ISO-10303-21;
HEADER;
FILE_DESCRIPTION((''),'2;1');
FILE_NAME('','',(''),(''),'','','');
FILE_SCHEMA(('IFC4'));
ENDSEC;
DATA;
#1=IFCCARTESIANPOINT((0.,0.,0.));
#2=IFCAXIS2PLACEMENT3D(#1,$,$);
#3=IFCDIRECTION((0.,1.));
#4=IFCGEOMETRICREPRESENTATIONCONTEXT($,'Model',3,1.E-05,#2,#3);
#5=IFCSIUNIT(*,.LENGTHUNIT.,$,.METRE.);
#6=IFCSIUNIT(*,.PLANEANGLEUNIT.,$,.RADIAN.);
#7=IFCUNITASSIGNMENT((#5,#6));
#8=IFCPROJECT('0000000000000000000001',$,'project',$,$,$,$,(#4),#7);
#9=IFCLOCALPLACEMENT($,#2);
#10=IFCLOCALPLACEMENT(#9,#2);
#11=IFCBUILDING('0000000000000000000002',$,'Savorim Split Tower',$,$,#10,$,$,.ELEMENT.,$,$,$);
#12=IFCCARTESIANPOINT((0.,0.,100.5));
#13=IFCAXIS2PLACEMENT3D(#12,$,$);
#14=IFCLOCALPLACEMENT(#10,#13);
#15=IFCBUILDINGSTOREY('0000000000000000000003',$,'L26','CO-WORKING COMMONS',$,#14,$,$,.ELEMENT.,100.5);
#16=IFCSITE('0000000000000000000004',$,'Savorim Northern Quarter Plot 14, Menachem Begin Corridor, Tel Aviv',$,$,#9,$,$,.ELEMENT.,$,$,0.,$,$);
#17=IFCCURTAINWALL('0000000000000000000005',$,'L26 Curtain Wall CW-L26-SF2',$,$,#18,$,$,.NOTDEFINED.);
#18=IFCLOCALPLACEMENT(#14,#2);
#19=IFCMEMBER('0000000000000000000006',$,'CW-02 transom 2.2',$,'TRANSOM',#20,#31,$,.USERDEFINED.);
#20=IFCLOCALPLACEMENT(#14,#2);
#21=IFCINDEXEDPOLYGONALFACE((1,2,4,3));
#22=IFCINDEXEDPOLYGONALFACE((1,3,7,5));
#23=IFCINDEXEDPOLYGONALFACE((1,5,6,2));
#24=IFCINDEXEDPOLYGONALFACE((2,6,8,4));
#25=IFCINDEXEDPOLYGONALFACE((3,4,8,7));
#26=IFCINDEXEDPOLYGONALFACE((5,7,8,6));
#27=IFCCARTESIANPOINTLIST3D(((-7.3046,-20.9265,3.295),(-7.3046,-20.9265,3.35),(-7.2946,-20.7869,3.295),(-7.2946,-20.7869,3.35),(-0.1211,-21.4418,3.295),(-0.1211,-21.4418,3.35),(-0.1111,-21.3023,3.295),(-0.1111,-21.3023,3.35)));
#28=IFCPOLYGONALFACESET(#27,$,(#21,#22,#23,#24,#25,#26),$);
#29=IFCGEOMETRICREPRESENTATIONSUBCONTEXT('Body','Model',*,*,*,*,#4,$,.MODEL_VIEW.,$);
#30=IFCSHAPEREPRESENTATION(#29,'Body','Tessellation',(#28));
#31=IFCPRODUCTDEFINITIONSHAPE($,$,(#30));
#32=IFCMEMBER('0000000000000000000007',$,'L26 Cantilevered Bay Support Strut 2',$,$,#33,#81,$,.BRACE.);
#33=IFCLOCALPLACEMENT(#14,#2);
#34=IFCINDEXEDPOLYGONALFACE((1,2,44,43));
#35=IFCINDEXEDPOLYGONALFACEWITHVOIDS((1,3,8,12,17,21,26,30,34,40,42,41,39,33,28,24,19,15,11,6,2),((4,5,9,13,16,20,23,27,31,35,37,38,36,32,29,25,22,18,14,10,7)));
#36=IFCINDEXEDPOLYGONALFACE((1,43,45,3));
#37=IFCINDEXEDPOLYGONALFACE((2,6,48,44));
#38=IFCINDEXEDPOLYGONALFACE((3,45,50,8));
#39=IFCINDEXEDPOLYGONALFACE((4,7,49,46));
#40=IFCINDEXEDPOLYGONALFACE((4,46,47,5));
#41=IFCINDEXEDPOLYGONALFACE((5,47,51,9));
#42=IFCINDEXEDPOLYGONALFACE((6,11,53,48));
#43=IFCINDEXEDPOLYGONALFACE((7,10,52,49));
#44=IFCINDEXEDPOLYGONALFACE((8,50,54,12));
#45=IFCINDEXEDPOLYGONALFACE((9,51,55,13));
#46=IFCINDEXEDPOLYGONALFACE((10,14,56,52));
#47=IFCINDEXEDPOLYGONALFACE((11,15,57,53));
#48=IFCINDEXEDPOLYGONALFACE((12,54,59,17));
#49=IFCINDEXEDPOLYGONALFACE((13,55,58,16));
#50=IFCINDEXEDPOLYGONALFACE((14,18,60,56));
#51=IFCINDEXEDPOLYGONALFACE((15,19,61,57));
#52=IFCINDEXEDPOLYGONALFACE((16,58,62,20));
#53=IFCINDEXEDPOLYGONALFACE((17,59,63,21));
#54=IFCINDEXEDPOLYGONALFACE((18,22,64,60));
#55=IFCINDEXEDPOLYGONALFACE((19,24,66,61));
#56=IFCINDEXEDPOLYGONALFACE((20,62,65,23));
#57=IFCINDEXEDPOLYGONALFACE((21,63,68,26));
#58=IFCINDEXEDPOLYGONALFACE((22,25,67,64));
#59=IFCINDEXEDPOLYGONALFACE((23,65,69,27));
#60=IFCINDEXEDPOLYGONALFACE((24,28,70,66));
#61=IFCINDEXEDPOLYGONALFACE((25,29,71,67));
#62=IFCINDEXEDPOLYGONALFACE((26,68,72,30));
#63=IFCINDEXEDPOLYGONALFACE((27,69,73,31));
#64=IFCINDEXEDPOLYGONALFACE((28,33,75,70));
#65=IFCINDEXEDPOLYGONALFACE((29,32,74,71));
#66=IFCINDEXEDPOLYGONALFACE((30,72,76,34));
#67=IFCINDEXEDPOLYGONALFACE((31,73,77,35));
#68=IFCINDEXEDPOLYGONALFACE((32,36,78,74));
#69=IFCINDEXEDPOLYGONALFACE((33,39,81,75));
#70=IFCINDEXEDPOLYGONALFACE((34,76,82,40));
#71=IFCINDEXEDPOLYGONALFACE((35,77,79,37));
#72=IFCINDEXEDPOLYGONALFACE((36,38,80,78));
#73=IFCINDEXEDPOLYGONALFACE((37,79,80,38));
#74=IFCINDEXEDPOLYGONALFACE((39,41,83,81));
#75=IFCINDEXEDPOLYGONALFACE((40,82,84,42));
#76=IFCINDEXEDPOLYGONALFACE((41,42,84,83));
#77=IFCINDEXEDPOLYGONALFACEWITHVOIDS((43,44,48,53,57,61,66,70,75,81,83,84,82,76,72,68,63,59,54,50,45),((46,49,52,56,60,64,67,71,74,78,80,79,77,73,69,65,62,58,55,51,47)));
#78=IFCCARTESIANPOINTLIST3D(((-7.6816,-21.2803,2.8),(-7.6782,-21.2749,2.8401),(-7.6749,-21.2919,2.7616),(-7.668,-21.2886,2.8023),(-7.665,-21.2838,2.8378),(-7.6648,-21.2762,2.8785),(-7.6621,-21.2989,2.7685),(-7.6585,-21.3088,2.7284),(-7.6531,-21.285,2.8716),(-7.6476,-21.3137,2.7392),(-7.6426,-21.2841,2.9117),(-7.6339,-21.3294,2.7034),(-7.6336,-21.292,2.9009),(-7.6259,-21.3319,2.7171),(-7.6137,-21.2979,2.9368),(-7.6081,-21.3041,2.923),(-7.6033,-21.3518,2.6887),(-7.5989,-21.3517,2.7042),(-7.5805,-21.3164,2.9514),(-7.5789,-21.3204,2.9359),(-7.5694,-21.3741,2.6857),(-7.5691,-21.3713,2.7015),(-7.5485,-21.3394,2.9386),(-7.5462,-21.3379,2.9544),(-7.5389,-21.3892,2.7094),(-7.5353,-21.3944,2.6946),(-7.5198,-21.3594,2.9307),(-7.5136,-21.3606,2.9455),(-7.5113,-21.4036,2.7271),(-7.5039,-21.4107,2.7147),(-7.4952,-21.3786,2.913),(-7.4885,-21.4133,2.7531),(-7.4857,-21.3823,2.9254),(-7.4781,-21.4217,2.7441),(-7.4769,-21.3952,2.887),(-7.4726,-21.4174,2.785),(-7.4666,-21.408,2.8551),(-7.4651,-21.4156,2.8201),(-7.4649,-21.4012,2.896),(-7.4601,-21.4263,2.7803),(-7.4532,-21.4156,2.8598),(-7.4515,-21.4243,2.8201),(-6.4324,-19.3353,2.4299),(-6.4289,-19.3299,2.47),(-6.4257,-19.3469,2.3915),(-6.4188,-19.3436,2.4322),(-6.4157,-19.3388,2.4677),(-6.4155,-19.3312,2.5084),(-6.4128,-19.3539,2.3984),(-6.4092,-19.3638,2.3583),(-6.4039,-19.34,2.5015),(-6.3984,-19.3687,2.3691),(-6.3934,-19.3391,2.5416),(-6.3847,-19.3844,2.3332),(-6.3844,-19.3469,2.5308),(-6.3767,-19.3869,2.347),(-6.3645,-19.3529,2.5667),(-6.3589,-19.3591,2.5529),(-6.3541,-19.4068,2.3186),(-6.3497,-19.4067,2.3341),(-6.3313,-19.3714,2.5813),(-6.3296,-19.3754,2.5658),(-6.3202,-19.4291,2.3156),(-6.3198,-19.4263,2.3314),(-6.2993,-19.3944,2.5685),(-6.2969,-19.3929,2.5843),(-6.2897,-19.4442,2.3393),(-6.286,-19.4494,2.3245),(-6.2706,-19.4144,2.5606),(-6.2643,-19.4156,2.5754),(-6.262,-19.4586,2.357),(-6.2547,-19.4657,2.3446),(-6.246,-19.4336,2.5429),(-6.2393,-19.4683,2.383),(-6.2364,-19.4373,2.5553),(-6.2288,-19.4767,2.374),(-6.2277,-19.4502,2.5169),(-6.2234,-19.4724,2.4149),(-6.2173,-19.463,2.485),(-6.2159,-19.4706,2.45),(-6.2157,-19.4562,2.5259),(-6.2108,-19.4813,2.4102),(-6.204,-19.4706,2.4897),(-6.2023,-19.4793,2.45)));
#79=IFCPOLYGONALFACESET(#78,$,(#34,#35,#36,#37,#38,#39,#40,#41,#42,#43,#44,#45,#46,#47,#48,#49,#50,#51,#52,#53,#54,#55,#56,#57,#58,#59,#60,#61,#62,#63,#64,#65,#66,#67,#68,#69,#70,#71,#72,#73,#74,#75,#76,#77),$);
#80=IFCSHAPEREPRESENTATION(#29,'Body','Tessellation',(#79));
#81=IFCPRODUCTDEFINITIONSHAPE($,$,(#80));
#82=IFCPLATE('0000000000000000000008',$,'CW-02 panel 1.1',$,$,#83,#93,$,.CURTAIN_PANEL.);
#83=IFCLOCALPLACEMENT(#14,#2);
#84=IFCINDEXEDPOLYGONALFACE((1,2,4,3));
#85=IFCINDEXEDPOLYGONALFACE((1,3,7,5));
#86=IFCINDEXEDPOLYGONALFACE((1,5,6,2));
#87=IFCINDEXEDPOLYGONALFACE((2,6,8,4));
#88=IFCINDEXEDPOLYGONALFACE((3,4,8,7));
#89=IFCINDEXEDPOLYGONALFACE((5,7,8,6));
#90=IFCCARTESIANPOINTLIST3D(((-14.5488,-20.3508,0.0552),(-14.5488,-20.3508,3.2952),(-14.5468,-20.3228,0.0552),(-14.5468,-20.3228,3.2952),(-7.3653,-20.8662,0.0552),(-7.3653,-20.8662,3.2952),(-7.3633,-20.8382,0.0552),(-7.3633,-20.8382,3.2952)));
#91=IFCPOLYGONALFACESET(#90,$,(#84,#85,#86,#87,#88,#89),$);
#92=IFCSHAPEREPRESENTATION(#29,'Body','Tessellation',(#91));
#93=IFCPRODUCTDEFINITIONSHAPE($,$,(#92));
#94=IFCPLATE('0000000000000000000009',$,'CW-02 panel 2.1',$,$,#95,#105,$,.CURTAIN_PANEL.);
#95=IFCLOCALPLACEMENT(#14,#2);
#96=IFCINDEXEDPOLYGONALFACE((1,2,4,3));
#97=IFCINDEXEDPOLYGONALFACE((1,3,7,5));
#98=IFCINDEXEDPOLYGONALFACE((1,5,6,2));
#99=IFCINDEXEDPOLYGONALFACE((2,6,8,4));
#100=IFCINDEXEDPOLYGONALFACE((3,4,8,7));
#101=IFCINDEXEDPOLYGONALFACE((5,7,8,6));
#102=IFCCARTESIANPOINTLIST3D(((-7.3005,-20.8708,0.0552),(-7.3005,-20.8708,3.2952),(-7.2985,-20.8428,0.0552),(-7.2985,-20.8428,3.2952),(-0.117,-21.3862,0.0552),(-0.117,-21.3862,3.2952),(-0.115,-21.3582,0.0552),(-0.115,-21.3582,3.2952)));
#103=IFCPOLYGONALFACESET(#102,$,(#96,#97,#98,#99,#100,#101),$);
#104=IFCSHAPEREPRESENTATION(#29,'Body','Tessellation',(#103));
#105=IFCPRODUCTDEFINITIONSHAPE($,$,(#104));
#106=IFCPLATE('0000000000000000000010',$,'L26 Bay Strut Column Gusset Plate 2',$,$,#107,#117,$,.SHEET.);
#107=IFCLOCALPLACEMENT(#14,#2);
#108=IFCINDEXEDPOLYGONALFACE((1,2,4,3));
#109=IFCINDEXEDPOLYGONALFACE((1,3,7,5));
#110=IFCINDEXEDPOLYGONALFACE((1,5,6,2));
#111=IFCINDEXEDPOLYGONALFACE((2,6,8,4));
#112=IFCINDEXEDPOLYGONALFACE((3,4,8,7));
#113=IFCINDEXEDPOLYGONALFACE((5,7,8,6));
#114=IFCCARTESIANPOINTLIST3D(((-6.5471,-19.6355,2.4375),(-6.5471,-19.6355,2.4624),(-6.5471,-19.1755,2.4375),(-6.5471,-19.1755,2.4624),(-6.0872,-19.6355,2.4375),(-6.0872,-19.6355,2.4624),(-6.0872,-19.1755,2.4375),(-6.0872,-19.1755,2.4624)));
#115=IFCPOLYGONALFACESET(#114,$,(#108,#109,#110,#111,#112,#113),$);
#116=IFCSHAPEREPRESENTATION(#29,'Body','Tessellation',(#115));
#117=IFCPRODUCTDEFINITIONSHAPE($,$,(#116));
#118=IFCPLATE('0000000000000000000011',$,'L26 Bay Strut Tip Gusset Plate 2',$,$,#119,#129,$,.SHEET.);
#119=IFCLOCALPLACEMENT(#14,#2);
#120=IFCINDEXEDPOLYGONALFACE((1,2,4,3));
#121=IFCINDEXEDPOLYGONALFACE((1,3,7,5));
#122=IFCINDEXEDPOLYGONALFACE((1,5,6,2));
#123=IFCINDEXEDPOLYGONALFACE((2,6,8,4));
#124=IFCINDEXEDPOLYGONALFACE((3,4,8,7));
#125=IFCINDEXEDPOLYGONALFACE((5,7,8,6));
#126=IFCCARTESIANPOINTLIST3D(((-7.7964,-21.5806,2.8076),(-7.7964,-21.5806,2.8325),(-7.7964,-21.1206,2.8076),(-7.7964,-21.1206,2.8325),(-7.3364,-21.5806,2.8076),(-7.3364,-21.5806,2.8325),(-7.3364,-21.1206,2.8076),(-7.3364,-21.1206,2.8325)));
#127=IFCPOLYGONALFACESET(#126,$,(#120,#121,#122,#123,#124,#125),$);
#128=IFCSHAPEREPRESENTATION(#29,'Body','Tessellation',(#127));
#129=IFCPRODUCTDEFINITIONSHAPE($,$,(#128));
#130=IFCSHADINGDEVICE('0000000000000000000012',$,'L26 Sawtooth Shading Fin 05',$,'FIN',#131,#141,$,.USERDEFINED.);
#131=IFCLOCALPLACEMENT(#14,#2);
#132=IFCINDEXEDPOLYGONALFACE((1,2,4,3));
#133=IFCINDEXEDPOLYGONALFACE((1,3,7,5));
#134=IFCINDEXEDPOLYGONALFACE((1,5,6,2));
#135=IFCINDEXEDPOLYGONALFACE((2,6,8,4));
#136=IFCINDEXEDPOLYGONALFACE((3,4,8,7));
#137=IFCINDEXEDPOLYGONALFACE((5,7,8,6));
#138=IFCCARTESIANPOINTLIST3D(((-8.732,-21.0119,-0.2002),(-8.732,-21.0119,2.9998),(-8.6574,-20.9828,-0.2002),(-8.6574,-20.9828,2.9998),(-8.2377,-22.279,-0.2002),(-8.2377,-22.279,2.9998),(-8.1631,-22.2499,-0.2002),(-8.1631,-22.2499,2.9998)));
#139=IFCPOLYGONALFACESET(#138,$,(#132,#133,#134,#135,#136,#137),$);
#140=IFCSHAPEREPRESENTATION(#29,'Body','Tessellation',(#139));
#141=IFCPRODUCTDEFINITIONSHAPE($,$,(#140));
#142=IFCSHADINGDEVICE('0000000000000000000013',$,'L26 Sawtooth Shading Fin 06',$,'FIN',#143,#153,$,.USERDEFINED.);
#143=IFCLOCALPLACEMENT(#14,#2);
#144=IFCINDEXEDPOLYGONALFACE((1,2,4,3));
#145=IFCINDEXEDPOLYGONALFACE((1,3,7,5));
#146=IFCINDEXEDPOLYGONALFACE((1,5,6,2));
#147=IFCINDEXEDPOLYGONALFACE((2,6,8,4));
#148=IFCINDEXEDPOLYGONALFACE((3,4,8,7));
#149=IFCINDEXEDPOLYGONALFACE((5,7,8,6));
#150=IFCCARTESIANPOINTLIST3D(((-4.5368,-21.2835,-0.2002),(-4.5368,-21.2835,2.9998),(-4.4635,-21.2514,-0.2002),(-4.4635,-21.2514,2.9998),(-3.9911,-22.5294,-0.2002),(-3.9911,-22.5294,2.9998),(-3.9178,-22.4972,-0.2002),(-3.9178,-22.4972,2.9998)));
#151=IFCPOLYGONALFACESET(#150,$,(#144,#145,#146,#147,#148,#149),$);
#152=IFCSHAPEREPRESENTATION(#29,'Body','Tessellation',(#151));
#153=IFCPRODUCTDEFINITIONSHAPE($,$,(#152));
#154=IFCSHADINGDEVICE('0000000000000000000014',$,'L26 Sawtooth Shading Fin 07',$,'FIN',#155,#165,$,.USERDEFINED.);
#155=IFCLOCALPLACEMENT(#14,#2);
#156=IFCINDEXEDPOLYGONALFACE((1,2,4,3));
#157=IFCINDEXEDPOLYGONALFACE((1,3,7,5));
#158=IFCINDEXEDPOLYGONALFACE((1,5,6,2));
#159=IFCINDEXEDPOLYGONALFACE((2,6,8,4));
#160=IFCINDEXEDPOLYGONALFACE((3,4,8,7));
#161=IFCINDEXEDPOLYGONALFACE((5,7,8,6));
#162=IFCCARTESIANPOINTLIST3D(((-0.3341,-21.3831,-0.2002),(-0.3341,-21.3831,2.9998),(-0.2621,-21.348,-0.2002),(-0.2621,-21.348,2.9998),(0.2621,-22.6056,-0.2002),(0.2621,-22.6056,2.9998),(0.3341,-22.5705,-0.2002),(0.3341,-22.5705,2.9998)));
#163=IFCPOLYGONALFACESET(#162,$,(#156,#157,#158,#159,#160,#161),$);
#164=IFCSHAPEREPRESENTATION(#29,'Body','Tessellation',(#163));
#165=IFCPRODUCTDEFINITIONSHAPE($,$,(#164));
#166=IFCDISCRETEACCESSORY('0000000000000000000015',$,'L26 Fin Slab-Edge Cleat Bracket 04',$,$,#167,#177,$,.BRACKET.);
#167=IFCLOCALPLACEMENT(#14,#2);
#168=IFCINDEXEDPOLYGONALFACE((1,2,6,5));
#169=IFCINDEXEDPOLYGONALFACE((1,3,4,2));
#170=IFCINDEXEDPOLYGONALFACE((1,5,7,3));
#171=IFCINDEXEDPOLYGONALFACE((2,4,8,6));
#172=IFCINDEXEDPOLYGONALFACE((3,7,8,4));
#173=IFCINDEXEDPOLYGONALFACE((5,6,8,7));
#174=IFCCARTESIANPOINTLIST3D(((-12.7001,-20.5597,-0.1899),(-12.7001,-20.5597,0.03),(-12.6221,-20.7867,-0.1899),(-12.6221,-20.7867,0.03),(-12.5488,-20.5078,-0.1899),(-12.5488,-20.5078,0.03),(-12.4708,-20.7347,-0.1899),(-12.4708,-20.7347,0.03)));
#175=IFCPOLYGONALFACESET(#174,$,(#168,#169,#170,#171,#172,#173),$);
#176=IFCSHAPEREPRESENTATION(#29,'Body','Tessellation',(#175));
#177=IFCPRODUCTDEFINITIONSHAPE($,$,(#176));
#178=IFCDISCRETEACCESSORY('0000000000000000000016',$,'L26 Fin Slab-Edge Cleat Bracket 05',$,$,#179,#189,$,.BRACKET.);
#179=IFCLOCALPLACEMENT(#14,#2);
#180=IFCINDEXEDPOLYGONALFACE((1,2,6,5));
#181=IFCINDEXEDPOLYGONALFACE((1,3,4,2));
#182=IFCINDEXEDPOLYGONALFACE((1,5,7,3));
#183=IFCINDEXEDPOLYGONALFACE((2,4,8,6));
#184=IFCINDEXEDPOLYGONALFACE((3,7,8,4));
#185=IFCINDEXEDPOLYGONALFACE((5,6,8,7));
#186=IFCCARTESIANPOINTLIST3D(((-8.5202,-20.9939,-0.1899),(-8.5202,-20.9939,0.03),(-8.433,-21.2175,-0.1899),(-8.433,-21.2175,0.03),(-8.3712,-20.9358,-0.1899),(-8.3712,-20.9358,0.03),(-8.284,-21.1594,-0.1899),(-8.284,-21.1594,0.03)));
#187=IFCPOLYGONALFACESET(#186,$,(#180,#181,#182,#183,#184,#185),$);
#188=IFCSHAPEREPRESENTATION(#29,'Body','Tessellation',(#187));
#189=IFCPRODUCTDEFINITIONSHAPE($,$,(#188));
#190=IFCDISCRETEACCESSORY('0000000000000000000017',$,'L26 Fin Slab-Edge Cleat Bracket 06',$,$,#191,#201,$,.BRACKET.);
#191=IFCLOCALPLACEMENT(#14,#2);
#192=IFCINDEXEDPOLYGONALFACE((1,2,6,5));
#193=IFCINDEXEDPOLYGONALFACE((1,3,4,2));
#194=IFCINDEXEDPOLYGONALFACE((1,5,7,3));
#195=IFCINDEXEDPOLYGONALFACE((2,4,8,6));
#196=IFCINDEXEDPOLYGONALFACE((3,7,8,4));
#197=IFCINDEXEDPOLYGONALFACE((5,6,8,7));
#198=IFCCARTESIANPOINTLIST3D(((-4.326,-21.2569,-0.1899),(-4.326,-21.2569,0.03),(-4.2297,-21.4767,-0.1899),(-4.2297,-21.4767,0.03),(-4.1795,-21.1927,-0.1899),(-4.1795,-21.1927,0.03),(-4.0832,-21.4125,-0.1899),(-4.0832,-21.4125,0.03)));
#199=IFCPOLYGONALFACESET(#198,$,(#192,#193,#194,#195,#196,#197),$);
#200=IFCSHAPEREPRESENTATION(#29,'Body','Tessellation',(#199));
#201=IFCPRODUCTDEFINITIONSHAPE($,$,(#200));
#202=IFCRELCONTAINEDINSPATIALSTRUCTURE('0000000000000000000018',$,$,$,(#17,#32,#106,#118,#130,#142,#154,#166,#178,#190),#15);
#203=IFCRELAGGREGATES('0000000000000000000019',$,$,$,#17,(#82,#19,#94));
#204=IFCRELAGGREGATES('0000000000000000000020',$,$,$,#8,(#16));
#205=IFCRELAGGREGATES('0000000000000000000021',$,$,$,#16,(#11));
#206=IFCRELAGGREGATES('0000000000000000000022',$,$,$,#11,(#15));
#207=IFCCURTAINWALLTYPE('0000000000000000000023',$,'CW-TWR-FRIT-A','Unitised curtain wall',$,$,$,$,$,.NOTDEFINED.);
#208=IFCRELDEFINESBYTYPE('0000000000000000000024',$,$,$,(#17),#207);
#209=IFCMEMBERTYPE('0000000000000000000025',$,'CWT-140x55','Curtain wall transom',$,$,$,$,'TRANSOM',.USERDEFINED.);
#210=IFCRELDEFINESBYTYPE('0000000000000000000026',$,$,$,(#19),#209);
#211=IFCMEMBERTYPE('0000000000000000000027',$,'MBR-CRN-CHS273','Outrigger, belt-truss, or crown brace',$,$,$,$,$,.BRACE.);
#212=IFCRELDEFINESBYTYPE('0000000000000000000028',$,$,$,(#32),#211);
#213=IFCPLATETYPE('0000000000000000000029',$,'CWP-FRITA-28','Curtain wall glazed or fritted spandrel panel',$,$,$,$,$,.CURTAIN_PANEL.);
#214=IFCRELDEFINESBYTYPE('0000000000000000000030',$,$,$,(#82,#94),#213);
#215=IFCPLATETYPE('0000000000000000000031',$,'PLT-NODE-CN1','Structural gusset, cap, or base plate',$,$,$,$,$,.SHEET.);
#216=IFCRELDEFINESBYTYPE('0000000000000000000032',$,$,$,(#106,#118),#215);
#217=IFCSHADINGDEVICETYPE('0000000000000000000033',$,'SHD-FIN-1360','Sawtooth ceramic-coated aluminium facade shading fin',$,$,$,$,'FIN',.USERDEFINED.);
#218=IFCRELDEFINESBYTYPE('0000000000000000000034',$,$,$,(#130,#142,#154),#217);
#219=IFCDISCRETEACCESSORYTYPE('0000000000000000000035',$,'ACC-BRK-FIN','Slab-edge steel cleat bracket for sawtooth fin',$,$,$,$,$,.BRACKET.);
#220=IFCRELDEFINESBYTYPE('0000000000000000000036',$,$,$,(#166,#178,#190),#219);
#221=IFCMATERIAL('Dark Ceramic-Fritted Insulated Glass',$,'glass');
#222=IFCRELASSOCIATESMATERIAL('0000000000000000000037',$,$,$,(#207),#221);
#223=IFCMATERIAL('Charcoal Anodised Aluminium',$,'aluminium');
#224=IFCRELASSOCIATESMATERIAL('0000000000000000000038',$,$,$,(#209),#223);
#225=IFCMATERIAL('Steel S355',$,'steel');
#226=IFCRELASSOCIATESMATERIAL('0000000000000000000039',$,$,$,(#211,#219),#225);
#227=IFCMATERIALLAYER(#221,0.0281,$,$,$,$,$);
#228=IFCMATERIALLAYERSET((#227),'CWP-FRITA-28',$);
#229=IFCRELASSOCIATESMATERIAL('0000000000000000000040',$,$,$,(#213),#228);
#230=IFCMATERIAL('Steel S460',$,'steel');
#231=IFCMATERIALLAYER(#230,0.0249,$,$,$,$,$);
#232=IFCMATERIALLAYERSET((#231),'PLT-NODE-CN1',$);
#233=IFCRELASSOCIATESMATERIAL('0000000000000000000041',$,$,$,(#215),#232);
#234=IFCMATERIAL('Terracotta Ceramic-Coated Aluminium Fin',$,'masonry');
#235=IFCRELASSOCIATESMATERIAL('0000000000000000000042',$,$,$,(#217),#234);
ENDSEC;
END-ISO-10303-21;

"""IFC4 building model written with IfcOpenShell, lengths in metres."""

from ifc_helpers import new_model, si_unit, direction, frame, origin, origin_2d, place, context, subcontext, project, spatial, rectangle, hollow_circle, extrude, material, layer, layer_set, material_profile, profile_set, type_object, element, aggregate, save


model = new_model("IFC4")

# Units and contexts
model_context = context("Model", 3, precision=1e-05, world=origin(), true_north=direction((0.0, 1.0)))
body_context = subcontext(model_context, "Body", "Model", "MODEL_VIEW")
ifc_project = project(units=[si_unit("LENGTHUNIT", "METRE"), si_unit("PLANEANGLEUNIT", "RADIAN")], contexts=[model_context])

# Site, building, storey
site_placement = place(None, origin())
site = spatial("IfcSite", under=ifc_project, at=site_placement, Name="Savorim Northern Quarter Plot 14, Menachem Begin Corridor, Tel Aviv", CompositionType="ELEMENT", RefElevation=0.0)
building_placement = place(site_placement, origin())
building = spatial("IfcBuilding", under=site, at=building_placement, Name="Savorim Split Tower", CompositionType="ELEMENT")
storey_placement = place(building_placement, frame((0.0, 0.0, 100.5)))
storey = spatial("IfcBuildingStorey", under=building, at=storey_placement, Name="L26", Description="CO-WORKING COMMONS", CompositionType="ELEMENT", Elevation=100.5)

# Shared definitions
ifc_material_1 = material(Name="Steel S460", Category="steel")

# Shared definitions
ifc_material_2 = material(Name="Steel S355", Category="steel")

# Curtain wall, member
ifc_material_3 = material(Name="Dark Ceramic-Fritted Insulated Glass", Category="glass")
curtain_wall_type = type_object("IfcCurtainWallType", Name="CW-TWR-FRIT-A", Description="Unitised curtain wall", PredefinedType="NOTDEFINED", material=ifc_material_3)
curtain_wall_placement = place(storey_placement, origin())
curtain_wall = element("IfcCurtainWall", 1, at=curtain_wall_placement, inside=storey, type_object=curtain_wall_type, Name="L26 Curtain Wall CW-L26-SF2", PredefinedType="NOTDEFINED")
ifc_material_4 = material(Name="Charcoal Anodised Aluminium", Category="aluminium")
ifc_material_profile_1 = material_profile(ifc_material_4, rectangle(XDim=0.1399, YDim=0.0549, at=origin_2d()), Name="ALU-T 140x55")
ifc_profile_set_1 = profile_set([ifc_material_profile_1], Name="Charcoal Anodised Aluminium")
member_type_1 = type_object("IfcMemberType", Name="CWT-140x55", Description="Curtain wall transom", ElementType="TRANSOM", PredefinedType="USERDEFINED", material=ifc_profile_set_1)
member_1_placement = place(storey_placement, frame((-7.2996, -20.8567, 3.3225), z_axis=(0.997436, -0.071563, 0.0), x_axis=(0.071563, 0.997436, 0.0)))
member_1 = element("IfcMember", 2, at=member_1_placement, type_object=member_type_1, Name="CW-02 transom 2.2", ObjectType="TRANSOM", PredefinedType="USERDEFINED", context=body_context, shape_type="SweptSolid", body=[
    extrude(rectangle(XDim=0.1399, YDim=0.0549, at=origin_2d()), origin(), (0.0, 0.0, 1.0), 7.2019),
])

# Member
ifc_material_profile_2 = material_profile(ifc_material_2, hollow_circle(Radius=0.1365, WallThickness=0.0161, at=origin_2d()), Name="CHS 273x16")
ifc_profile_set_2 = profile_set([ifc_material_profile_2], Name="Steel S355")
member_type_2 = type_object("IfcMemberType", Name="MBR-CRN-CHS273", Description="Outrigger, belt-truss, or crown brace", PredefinedType="BRACE", material=ifc_profile_set_2)
member_2_placement = place(storey_placement, frame((-6.3171, -19.4055, 2.45), z_axis=(-0.533615, -0.83082, 0.158093), x_axis=(0.841401, -0.540411, 0.0)))
element("IfcMember", 3, at=member_2_placement, inside=storey, type_object=member_type_2, Name="L26 Cantilevered Bay Support Strut 2", PredefinedType="BRACE", context=body_context, shape_type="SweptSolid", body=[
    extrude(hollow_circle(Radius=0.1365, WallThickness=0.0161, at=origin_2d()), origin(), (0.0, 0.0, 1.0), 2.3411),
])

# Plates
ifc_layer_1 = layer(ifc_material_3, 0.0281)
ifc_layer_set_1 = layer_set([ifc_layer_1], Name="CWP-FRITA-28")
plate_type_1 = type_object("IfcPlateType", Name="CWP-FRITA-28", Description="Curtain wall glazed or fritted spandrel panel", PredefinedType="CURTAIN_PANEL", material=ifc_layer_set_1)
plate_1_placement = place(storey_placement, frame((-10.9561, -20.5945, 0.0552), z_axis=(0.0, 0.0, 1.0), x_axis=(0.997436, -0.071561, 0.0)))
plate_1 = element("IfcPlate", 4, at=plate_1_placement, type_object=plate_type_1, Name="CW-02 panel 1.1", PredefinedType="CURTAIN_PANEL", context=body_context, shape_type="SweptSolid", body=[
    extrude(rectangle(XDim=7.2019, YDim=0.0281, at=origin_2d()), origin(), (0.0, 0.0, 1.0), 3.24),
])
plate_2_placement = place(storey_placement, frame((-3.7078, -21.1145, 0.0552), z_axis=(0.0, 0.0, 1.0), x_axis=(0.997436, -0.071561, 0.0)))
plate_2 = element("IfcPlate", 5, at=plate_2_placement, type_object=plate_type_1, Name="CW-02 panel 2.1", PredefinedType="CURTAIN_PANEL", context=body_context, shape_type="SweptSolid", body=[
    extrude(rectangle(XDim=7.2019, YDim=0.0281, at=origin_2d()), origin(), (0.0, 0.0, 1.0), 3.24),
])
aggregate(curtain_wall, [plate_1, member_1, plate_2])

# Plates
ifc_layer_2 = layer(ifc_material_1, 0.0249)
ifc_layer_set_2 = layer_set([ifc_layer_2], Name="PLT-NODE-CN1")
plate_type_2 = type_object("IfcPlateType", Name="PLT-NODE-CN1", Description="Structural gusset, cap, or base plate", PredefinedType="SHEET", material=ifc_layer_set_2)
for number, where, z_axis, x_axis, name in (
    (6, (-6.3171, -19.4055, 2.4375), (0.0, 0.0, 1.0), (1.0, 0.0, 0.0), "L26 Bay Strut Column Gusset Plate 2"),
    (7, (-7.5664, -21.3506, 2.8076), (0.0, 0.0, 1.0), (1.0, 0.0, 0.0), "L26 Bay Strut Tip Gusset Plate 2"),
):
    element("IfcPlate", number, at=place(storey_placement, frame(where, z_axis=z_axis, x_axis=x_axis)), inside=storey, type_object=plate_type_2, Name=name, PredefinedType="SHEET", context=body_context, shape_type="SweptSolid", body=[
        extrude(rectangle(XDim=0.46, YDim=0.46, at=origin_2d()), origin(), (0.0, 0.0, 1.0), 0.0249),
    ])

# Shading devices
ifc_material_5 = material(Name="Terracotta Ceramic-Coated Aluminium Fin", Category="masonry")
shading_device_type = type_object("IfcShadingDeviceType", Name="SHD-FIN-1360", Description="Sawtooth ceramic-coated aluminium facade shading fin", ElementType="FIN", PredefinedType="USERDEFINED", material=ifc_material_5)
for number, where, z_axis, x_axis, name in (
    (8, (-8.4475, -21.6309, -0.2002), (0.0, 0.0, 1.0), (0.363415, -0.931627, 0.0), "L26 Sawtooth Shading Fin 05"),
    (9, (-4.2273, -21.8904, -0.2002), (0.0, 0.0, 1.0), (0.40123, -0.915977, 0.0), "L26 Sawtooth Shading Fin 06"),
    (10, (0.0, -21.9768, -0.2002), (0.0, 0.0, 1.0), (0.438371, -0.898794, 0.0), "L26 Sawtooth Shading Fin 07"),
):
    element("IfcShadingDevice", number, at=place(storey_placement, frame(where, z_axis=z_axis, x_axis=x_axis)), inside=storey, type_object=shading_device_type, Name=name, ObjectType="FIN", PredefinedType="USERDEFINED", context=body_context, shape_type="SweptSolid", body=[
        extrude(rectangle(XDim=1.3601, YDim=0.0801, at=origin_2d()), origin(), (0.0, 0.0, 1.0), 3.2),
    ])

# Discrete accessories
discrete_accessory_type = type_object("IfcDiscreteAccessoryType", Name="ACC-BRK-FIN", Description="Slab-edge steel cleat bracket for sawtooth fin", PredefinedType="BRACKET", material=ifc_material_2)
for number, where, z_axis, x_axis, name in (
    (11, (-12.5854, -20.6472, -0.1899), (0.0, 0.0, 1.0), (0.324994, -0.945716, 0.0), "L26 Fin Slab-Edge Cleat Bracket 04"),
    (12, (-8.4021, -21.0767, -0.1899), (0.0, 0.0, 1.0), (0.363415, -0.931627, 0.0), "L26 Fin Slab-Edge Cleat Bracket 05"),
    (13, (-4.2046, -21.3347, -0.1899), (0.0, 0.0, 1.0), (0.40123, -0.915977, 0.0), "L26 Fin Slab-Edge Cleat Bracket 06"),
):
    element("IfcDiscreteAccessory", number, at=place(storey_placement, frame(where, z_axis=z_axis, x_axis=x_axis)), inside=storey, type_object=discrete_accessory_type, Name=name, PredefinedType="BRACKET", context=body_context, shape_type="SweptSolid", body=[
        extrude(rectangle(XDim=0.24, YDim=0.1599, at=origin_2d()), origin(), (0.0, 0.0, 1.0), 0.22),
    ])

save(model, "model.ifc")
